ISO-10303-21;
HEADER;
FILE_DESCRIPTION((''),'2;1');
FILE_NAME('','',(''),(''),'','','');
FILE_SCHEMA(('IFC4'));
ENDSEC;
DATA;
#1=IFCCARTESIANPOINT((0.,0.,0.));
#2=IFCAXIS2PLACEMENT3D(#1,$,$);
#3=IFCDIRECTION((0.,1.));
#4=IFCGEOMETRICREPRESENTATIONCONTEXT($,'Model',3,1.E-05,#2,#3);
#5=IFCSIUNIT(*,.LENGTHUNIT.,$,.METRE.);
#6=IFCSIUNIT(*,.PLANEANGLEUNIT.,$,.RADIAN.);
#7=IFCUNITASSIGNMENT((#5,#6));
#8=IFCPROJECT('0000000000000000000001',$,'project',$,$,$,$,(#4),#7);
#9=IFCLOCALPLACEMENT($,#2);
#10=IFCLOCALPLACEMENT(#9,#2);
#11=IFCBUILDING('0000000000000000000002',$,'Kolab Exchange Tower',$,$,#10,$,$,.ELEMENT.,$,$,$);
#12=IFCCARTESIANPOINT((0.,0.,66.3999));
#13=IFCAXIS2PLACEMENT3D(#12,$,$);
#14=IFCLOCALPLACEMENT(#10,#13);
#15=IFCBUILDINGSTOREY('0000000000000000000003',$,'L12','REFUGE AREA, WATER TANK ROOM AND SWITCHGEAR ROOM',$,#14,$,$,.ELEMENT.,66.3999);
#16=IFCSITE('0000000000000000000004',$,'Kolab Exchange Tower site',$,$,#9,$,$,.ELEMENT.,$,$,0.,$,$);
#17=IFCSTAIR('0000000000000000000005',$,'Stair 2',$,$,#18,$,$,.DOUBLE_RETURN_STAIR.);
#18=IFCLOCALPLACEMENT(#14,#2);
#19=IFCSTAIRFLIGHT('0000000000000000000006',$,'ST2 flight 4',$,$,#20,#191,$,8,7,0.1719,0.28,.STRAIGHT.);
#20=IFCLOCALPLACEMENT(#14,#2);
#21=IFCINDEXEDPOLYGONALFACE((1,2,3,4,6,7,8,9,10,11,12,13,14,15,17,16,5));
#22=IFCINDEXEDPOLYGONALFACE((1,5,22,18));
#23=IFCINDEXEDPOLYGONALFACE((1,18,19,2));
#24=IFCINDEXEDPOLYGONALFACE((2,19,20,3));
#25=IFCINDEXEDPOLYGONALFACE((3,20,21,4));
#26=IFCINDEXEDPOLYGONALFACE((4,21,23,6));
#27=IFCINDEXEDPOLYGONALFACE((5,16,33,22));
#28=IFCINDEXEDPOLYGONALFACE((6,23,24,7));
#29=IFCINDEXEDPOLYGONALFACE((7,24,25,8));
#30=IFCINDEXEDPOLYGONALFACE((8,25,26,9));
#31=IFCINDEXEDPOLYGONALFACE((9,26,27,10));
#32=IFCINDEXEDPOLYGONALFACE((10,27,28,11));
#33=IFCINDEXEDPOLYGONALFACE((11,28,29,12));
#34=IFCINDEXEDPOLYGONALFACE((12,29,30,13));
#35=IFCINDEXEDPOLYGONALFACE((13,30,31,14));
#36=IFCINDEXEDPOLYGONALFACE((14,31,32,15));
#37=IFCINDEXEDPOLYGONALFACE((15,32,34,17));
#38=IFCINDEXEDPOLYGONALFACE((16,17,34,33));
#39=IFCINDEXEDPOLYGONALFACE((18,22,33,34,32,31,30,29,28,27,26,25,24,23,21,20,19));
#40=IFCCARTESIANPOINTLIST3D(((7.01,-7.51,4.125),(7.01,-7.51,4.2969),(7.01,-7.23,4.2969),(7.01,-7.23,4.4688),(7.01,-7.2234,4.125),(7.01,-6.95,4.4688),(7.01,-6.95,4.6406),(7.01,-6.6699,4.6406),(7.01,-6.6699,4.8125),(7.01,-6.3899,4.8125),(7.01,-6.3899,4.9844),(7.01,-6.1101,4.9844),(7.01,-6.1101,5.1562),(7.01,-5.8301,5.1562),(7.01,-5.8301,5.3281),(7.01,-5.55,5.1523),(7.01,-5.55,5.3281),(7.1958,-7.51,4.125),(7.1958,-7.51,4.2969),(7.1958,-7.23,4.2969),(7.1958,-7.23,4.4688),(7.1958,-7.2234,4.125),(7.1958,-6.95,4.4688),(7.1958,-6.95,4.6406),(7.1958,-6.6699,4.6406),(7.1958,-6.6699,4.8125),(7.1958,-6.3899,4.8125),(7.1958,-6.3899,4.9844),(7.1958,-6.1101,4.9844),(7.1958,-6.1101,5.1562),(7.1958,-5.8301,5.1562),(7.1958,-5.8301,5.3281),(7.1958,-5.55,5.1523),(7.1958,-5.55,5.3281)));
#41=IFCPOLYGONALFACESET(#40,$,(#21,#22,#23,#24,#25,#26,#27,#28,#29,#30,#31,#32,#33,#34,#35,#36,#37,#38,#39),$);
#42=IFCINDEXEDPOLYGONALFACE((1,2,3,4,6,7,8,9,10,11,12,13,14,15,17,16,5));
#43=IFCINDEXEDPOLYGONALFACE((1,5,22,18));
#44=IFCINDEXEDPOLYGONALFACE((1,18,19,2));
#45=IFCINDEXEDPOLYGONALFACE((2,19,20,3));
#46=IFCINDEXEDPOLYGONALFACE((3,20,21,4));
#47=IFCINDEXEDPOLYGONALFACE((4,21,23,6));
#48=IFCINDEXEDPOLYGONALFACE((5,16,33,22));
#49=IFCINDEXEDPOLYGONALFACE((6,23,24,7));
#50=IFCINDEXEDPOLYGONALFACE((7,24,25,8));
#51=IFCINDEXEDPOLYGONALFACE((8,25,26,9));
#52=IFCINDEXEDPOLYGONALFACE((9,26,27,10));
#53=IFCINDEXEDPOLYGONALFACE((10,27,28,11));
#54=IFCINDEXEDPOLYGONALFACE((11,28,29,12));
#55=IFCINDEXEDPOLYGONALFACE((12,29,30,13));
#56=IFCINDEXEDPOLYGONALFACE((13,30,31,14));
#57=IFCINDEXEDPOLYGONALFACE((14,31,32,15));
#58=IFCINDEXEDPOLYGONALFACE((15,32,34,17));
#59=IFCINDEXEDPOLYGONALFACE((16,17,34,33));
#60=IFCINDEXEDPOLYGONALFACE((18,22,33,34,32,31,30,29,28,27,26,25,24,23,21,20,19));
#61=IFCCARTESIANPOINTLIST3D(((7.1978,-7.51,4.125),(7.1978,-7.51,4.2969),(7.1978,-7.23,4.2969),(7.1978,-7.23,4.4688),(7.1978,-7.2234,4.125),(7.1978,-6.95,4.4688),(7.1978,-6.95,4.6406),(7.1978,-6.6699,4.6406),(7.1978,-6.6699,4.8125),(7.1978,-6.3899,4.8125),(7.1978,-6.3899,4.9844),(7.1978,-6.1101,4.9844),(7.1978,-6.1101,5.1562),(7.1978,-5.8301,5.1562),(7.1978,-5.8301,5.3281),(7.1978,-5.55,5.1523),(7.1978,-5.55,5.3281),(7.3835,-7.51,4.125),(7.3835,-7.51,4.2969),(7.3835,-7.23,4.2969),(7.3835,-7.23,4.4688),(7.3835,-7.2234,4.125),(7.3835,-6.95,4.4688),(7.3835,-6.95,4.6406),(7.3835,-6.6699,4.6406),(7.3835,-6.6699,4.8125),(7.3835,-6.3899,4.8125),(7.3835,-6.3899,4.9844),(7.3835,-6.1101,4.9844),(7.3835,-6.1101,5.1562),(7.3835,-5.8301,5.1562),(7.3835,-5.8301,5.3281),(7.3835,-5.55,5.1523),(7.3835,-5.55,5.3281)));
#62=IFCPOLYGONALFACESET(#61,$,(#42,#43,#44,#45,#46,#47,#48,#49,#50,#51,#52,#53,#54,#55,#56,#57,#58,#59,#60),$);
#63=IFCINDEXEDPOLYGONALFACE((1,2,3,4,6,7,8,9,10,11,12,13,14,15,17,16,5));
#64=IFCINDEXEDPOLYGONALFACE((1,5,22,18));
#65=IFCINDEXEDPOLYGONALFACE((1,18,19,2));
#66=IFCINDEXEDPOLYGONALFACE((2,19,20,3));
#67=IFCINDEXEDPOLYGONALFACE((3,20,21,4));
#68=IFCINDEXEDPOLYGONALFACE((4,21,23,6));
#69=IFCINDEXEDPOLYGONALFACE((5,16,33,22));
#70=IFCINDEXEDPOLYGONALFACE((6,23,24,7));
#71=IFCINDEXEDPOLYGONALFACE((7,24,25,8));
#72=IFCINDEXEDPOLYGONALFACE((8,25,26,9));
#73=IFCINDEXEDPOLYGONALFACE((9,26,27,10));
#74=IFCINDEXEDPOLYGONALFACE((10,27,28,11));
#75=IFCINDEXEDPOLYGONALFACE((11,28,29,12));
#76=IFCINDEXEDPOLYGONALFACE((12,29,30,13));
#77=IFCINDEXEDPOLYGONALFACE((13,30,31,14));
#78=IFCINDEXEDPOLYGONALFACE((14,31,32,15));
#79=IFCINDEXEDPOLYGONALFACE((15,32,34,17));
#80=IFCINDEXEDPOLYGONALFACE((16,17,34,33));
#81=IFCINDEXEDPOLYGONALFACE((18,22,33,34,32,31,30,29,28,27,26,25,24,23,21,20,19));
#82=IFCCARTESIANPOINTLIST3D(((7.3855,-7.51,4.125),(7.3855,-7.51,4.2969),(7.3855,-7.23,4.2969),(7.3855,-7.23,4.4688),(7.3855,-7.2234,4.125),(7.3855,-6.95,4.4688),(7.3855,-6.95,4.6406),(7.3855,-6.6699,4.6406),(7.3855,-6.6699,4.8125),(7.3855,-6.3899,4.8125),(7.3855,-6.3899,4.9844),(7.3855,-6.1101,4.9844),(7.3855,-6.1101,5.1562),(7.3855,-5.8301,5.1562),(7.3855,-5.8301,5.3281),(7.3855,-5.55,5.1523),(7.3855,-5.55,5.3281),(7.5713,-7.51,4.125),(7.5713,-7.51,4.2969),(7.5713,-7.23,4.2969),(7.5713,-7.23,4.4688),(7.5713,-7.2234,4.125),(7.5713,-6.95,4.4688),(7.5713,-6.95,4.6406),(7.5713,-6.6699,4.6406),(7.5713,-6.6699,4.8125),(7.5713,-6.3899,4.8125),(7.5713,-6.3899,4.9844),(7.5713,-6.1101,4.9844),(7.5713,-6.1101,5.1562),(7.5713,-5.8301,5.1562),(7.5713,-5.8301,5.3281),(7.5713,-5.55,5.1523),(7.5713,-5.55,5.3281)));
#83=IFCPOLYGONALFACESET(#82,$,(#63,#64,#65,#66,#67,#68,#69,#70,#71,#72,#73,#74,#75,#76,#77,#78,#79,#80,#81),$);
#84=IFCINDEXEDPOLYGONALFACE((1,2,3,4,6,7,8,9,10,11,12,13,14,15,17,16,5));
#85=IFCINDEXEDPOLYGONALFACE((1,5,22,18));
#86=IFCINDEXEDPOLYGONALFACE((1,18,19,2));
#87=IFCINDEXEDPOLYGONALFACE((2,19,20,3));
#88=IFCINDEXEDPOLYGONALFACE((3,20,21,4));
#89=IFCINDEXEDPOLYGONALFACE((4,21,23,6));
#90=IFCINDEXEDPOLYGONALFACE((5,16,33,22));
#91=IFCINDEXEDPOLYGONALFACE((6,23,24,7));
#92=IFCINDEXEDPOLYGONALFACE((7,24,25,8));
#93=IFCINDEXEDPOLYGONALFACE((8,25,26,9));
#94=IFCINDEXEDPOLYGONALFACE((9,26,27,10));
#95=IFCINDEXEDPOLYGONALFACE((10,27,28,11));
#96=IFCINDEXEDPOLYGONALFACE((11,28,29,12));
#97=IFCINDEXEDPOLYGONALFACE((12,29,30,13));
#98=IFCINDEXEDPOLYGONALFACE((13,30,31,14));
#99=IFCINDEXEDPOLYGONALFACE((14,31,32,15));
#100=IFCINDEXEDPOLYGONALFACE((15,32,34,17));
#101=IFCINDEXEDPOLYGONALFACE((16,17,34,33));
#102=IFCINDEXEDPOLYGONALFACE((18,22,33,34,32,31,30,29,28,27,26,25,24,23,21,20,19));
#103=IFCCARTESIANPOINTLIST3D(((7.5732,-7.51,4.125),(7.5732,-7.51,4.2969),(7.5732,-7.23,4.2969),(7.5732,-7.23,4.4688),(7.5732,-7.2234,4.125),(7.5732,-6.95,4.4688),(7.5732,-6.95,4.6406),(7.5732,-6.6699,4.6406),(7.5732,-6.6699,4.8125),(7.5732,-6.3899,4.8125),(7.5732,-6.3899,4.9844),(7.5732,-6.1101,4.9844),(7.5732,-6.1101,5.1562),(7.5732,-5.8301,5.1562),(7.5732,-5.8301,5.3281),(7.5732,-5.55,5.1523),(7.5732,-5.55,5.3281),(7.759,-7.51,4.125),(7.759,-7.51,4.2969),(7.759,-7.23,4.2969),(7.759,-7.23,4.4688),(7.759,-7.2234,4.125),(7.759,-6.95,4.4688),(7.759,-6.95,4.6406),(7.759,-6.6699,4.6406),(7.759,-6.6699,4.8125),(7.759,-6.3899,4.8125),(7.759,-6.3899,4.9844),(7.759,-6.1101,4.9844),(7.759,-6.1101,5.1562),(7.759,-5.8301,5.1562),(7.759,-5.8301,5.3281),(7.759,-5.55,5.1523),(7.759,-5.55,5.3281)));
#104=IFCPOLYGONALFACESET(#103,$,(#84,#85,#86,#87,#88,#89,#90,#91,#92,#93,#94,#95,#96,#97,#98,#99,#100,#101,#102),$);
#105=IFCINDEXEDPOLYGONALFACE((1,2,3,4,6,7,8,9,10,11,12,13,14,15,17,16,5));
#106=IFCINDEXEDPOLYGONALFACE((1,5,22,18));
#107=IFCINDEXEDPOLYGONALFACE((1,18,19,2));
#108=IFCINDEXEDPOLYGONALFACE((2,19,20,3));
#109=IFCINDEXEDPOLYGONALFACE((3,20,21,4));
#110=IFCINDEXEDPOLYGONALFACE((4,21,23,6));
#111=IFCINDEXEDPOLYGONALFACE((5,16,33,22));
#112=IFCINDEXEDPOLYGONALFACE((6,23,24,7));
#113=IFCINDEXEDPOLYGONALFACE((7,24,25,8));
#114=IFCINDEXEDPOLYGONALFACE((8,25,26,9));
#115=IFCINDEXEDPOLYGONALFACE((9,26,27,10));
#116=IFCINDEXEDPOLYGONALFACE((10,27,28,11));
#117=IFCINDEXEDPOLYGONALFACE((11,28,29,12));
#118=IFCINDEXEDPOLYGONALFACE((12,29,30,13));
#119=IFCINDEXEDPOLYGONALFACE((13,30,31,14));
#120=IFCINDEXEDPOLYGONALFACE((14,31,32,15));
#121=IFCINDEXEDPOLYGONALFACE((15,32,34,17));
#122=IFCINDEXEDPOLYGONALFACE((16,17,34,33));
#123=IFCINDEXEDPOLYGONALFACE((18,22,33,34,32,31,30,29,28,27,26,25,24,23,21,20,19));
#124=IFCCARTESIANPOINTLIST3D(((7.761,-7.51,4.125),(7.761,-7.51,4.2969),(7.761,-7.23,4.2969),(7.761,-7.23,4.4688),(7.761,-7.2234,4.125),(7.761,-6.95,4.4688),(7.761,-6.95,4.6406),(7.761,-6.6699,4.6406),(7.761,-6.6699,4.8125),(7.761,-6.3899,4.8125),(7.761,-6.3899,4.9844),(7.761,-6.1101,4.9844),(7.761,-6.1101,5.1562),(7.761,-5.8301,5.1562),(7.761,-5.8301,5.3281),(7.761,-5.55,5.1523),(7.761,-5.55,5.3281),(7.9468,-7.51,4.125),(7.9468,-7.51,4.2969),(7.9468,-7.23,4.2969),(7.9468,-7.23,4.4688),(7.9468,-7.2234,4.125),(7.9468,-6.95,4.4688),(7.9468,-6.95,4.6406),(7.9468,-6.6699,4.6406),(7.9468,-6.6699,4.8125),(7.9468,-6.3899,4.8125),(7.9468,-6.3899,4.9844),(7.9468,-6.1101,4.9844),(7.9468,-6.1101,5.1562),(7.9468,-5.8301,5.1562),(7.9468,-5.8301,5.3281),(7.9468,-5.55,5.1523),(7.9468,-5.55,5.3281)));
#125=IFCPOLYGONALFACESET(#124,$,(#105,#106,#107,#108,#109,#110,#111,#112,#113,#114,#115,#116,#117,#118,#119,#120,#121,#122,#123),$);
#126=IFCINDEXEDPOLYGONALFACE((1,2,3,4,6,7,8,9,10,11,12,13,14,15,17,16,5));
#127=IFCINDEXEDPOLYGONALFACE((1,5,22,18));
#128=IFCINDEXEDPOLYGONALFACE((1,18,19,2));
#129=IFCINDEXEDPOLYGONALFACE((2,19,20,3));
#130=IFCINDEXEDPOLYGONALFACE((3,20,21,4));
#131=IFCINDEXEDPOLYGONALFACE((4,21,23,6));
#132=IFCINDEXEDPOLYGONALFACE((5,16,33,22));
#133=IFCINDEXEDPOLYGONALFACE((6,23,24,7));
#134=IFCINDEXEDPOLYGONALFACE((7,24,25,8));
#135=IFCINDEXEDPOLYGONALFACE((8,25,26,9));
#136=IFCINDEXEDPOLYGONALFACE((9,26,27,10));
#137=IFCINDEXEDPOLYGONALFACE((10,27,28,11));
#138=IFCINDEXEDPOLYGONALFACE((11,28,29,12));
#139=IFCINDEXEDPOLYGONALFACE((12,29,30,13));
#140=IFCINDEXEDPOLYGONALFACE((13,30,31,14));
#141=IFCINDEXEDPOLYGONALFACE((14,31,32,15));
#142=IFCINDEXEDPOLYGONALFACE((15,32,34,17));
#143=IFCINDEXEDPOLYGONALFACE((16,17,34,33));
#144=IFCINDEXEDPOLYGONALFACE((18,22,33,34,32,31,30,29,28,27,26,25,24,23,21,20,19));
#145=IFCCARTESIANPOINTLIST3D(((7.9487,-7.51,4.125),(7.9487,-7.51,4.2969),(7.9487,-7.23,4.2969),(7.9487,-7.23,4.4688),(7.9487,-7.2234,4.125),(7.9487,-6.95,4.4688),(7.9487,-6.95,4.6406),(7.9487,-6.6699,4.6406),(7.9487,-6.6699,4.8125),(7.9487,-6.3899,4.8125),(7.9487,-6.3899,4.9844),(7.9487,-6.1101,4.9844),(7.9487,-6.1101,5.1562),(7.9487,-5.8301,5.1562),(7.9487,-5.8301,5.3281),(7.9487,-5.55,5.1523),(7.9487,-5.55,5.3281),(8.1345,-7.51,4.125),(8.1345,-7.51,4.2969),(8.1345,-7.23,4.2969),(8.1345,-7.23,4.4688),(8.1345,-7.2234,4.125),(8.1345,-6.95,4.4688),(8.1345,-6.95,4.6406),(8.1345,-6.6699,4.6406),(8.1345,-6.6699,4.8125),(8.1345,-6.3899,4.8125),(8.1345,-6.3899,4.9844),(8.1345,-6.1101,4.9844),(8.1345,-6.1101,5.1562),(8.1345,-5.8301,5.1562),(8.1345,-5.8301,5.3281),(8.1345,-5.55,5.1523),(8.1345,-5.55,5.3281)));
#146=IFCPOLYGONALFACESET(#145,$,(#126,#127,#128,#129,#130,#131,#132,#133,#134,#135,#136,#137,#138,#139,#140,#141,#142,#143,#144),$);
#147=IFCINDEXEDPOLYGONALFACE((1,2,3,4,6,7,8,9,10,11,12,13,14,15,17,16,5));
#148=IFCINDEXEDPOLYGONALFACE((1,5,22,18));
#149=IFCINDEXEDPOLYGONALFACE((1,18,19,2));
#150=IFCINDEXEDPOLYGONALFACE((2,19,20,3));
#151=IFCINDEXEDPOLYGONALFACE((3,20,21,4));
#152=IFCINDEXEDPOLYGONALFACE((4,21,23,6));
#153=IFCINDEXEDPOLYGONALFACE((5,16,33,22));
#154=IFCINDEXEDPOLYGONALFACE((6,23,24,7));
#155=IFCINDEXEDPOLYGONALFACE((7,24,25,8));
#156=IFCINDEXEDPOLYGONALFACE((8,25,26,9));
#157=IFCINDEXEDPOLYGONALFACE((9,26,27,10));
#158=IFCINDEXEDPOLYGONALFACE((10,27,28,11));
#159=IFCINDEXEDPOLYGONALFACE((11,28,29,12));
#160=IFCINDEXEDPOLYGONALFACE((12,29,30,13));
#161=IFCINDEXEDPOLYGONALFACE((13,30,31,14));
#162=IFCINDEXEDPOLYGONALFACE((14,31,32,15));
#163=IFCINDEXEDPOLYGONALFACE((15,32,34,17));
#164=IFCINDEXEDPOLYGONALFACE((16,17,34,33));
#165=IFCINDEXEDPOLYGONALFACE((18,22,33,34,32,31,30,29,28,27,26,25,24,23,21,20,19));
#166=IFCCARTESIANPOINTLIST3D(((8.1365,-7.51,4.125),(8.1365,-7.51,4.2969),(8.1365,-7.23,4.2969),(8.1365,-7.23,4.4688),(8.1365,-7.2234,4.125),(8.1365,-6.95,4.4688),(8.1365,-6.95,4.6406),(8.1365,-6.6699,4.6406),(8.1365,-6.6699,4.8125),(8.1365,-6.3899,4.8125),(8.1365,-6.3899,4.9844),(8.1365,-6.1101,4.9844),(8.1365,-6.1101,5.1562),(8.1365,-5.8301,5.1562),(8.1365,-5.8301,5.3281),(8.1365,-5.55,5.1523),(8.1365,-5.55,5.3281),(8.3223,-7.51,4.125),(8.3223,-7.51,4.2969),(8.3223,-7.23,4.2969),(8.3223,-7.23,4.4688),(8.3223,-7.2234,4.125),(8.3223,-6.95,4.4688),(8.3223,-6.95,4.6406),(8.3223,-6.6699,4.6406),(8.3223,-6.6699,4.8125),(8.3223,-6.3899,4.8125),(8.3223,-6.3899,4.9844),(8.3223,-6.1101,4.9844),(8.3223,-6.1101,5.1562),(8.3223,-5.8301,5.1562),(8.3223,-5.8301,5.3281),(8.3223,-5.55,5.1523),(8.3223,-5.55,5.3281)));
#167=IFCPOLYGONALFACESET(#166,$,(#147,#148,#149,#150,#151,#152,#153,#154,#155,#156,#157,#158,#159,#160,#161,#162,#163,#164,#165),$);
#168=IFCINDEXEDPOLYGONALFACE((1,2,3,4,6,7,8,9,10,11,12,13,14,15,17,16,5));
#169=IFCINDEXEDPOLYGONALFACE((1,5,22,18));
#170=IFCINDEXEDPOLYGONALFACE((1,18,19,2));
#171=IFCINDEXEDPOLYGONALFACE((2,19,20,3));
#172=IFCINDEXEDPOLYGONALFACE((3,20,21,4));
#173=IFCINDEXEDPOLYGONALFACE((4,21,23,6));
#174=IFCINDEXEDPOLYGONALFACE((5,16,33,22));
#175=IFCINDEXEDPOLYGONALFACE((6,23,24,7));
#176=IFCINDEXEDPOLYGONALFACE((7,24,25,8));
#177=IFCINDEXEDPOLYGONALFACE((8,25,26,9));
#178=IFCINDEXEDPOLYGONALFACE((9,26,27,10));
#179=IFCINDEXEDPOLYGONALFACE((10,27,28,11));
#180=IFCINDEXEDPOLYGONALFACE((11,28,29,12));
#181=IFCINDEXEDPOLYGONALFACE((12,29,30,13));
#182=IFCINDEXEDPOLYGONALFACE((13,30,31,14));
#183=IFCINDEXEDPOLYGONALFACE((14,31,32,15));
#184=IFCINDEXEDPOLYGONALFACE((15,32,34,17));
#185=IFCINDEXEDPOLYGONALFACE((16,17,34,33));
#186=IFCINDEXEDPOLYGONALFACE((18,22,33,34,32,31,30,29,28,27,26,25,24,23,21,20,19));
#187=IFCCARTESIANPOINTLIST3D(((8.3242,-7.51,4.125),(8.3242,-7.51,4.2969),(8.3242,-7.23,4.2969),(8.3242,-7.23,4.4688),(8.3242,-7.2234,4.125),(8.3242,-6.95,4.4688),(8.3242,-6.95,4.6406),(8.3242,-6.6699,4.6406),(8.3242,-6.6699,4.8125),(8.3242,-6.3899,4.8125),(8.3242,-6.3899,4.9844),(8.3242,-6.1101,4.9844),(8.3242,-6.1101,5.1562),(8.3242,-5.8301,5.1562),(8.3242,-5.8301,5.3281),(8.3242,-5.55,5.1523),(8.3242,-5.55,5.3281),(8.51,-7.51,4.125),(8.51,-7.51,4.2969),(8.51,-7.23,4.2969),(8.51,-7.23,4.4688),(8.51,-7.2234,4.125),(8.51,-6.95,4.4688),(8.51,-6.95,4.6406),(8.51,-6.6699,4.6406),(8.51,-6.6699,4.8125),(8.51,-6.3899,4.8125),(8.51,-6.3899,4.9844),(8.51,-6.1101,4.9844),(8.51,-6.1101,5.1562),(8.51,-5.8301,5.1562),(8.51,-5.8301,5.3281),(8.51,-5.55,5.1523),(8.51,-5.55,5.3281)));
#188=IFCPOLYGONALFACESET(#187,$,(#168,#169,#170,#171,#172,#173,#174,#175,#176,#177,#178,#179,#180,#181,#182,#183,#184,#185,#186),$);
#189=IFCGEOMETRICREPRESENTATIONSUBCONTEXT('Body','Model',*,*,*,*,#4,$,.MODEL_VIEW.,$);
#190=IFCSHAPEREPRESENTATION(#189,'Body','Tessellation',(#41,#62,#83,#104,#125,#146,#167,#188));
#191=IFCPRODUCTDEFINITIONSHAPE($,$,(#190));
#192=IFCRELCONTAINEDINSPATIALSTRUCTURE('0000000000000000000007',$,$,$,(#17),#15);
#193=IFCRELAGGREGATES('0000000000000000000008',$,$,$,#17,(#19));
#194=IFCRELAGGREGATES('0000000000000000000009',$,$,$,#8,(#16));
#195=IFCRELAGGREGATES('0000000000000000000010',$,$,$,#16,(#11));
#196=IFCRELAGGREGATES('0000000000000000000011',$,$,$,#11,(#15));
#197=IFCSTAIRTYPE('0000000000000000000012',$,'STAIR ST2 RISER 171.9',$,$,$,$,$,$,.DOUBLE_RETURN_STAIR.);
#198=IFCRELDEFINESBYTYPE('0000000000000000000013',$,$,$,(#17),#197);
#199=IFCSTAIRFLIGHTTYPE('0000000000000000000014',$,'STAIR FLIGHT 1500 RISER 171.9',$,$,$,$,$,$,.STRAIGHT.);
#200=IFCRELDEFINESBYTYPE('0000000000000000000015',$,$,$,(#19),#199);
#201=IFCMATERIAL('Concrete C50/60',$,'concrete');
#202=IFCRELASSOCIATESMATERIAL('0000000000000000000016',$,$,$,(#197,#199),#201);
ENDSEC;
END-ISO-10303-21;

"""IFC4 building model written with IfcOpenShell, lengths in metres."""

from ifc_helpers import new_model, si_unit, direction, frame, origin, place, context, subcontext, project, spatial, polyline, outline, extrude, material, type_object, element, aggregate, save


model = new_model("IFC4")

# Units and contexts
model_context = context("Model", 3, precision=1e-05, world=origin(), true_north=direction((0.0, 1.0)))
body_context = subcontext(model_context, "Body", "Model", "MODEL_VIEW")
ifc_project = project(units=[si_unit("LENGTHUNIT", "METRE"), si_unit("PLANEANGLEUNIT", "RADIAN")], contexts=[model_context])

# Site, building, storey
site_placement = place(None, origin())
site = spatial("IfcSite", under=ifc_project, at=site_placement, Name="Kolab Exchange Tower site", CompositionType="ELEMENT", RefElevation=0.0)
building_placement = place(site_placement, origin())
building = spatial("IfcBuilding", under=site, at=building_placement, Name="Kolab Exchange Tower", CompositionType="ELEMENT")
storey_placement = place(building_placement, frame((0.0, 0.0, 66.3999)))
storey = spatial("IfcBuildingStorey", under=building, at=storey_placement, Name="L12", Description="REFUGE AREA, WATER TANK ROOM AND SWITCHGEAR ROOM", CompositionType="ELEMENT", Elevation=66.3999)

# Shared definitions
ifc_material_1 = material(Name="Concrete C50/60", Category="concrete")

# Stair, stair flight
stair_type = type_object("IfcStairType", Name="STAIR ST2 RISER 171.9", PredefinedType="DOUBLE_RETURN_STAIR", material=ifc_material_1)
stair_placement = place(storey_placement, origin())
stair = element("IfcStair", 1, at=stair_placement, inside=storey, type_object=stair_type, Name="Stair 2", PredefinedType="DOUBLE_RETURN_STAIR")
stair_flight_type = type_object("IfcStairFlightType", Name="STAIR FLIGHT 1500 RISER 171.9", PredefinedType="STRAIGHT", material=ifc_material_1)
stair_flight_1_placement = place(storey_placement, frame((7.76, -7.51, 4.125), z_axis=(0.0, 0.0, 1.0), x_axis=(0.0, 1.0, 0.0)))
stair_flight_1 = element("IfcStairFlight", 2, at=stair_flight_1_placement, type_object=stair_flight_type, Name="ST2 flight 4", NumberOfRisers=8, NumberOfTreads=7, PredefinedType="STRAIGHT", RiserHeight=0.1719, TreadLength=0.28, context=body_context, shape_type="SweptSolid", body=[
    extrude(outline(polyline([(0.0, 0.0), (0.0, 0.1719), (0.28, 0.1719), (0.28, 0.3438), (0.5601, 0.3438), (0.5601, 0.5156), (0.8401, 0.5156), (0.8401, 0.6875), (1.1201, 0.6875), (1.1201, 0.8594), (1.3999, 0.8594), (1.3999, 1.0312), (1.6799, 1.0312), (1.6799, 1.2031), (1.96, 1.2031), (1.96, 1.375), (1.96, 1.0273), (0.2866, 0.0), (0.0, 0.0)])), frame((0.0, 0.75, 0.0), z_axis=(0.0, -1.0, 0.0), x_axis=(1.0, 0.0, 0.0)), (0.0, 0.0, 1.0), 0.1858),
    extrude(outline(polyline([(0.0, 0.0), (0.0, 0.1719), (0.28, 0.1719), (0.28, 0.3438), (0.5601, 0.3438), (0.5601, 0.5156), (0.8401, 0.5156), (0.8401, 0.6875), (1.1201, 0.6875), (1.1201, 0.8594), (1.3999, 0.8594), (1.3999, 1.0312), (1.6799, 1.0312), (1.6799, 1.2031), (1.96, 1.2031), (1.96, 1.375), (1.96, 1.0273), (0.2866, 0.0), (0.0, 0.0)])), frame((0.0, 0.5623, 0.0), z_axis=(0.0, -1.0, 0.0), x_axis=(1.0, 0.0, 0.0)), (0.0, 0.0, 1.0), 0.1858),
    extrude(outline(polyline([(0.0, 0.0), (0.0, 0.1719), (0.28, 0.1719), (0.28, 0.3438), (0.5601, 0.3438), (0.5601, 0.5156), (0.8401, 0.5156), (0.8401, 0.6875), (1.1201, 0.6875), (1.1201, 0.8594), (1.3999, 0.8594), (1.3999, 1.0312), (1.6799, 1.0312), (1.6799, 1.2031), (1.96, 1.2031), (1.96, 1.375), (1.96, 1.0273), (0.2866, 0.0), (0.0, 0.0)])), frame((0.0, 0.3745, 0.0), z_axis=(0.0, -1.0, 0.0), x_axis=(1.0, 0.0, 0.0)), (0.0, 0.0, 1.0), 0.1858),
    extrude(outline(polyline([(0.0, 0.0), (0.0, 0.1719), (0.28, 0.1719), (0.28, 0.3438), (0.5601, 0.3438), (0.5601, 0.5156), (0.8401, 0.5156), (0.8401, 0.6875), (1.1201, 0.6875), (1.1201, 0.8594), (1.3999, 0.8594), (1.3999, 1.0312), (1.6799, 1.0312), (1.6799, 1.2031), (1.96, 1.2031), (1.96, 1.375), (1.96, 1.0273), (0.2866, 0.0), (0.0, 0.0)])), frame((0.0, 0.1868, 0.0), z_axis=(0.0, -1.0, 0.0), x_axis=(1.0, 0.0, 0.0)), (0.0, 0.0, 1.0), 0.1858),
    extrude(outline(polyline([(0.0, 0.0), (0.0, 0.1719), (0.28, 0.1719), (0.28, 0.3438), (0.5601, 0.3438), (0.5601, 0.5156), (0.8401, 0.5156), (0.8401, 0.6875), (1.1201, 0.6875), (1.1201, 0.8594), (1.3999, 0.8594), (1.3999, 1.0312), (1.6799, 1.0312), (1.6799, 1.2031), (1.96, 1.2031), (1.96, 1.375), (1.96, 1.0273), (0.2866, 0.0), (0.0, 0.0)])), frame((0.0, -0.001, 0.0), z_axis=(0.0, -1.0, 0.0), x_axis=(1.0, 0.0, 0.0)), (0.0, 0.0, 1.0), 0.1858),
    extrude(outline(polyline([(0.0, 0.0), (0.0, 0.1719), (0.28, 0.1719), (0.28, 0.3438), (0.5601, 0.3438), (0.5601, 0.5156), (0.8401, 0.5156), (0.8401, 0.6875), (1.1201, 0.6875), (1.1201, 0.8594), (1.3999, 0.8594), (1.3999, 1.0312), (1.6799, 1.0312), (1.6799, 1.2031), (1.96, 1.2031), (1.96, 1.375), (1.96, 1.0273), (0.2866, 0.0), (0.0, 0.0)])), frame((0.0, -0.1887, 0.0), z_axis=(0.0, -1.0, 0.0), x_axis=(1.0, 0.0, 0.0)), (0.0, 0.0, 1.0), 0.1858),
    extrude(outline(polyline([(0.0, 0.0), (0.0, 0.1719), (0.28, 0.1719), (0.28, 0.3438), (0.5601, 0.3438), (0.5601, 0.5156), (0.8401, 0.5156), (0.8401, 0.6875), (1.1201, 0.6875), (1.1201, 0.8594), (1.3999, 0.8594), (1.3999, 1.0312), (1.6799, 1.0312), (1.6799, 1.2031), (1.96, 1.2031), (1.96, 1.375), (1.96, 1.0273), (0.2866, 0.0), (0.0, 0.0)])), frame((0.0, -0.3765, 0.0), z_axis=(0.0, -1.0, 0.0), x_axis=(1.0, 0.0, 0.0)), (0.0, 0.0, 1.0), 0.1858),
    extrude(outline(polyline([(0.0, 0.0), (0.0, 0.1719), (0.28, 0.1719), (0.28, 0.3438), (0.5601, 0.3438), (0.5601, 0.5156), (0.8401, 0.5156), (0.8401, 0.6875), (1.1201, 0.6875), (1.1201, 0.8594), (1.3999, 0.8594), (1.3999, 1.0312), (1.6799, 1.0312), (1.6799, 1.2031), (1.96, 1.2031), (1.96, 1.375), (1.96, 1.0273), (0.2866, 0.0), (0.0, 0.0)])), frame((0.0, -0.5642, 0.0), z_axis=(0.0, -1.0, 0.0), x_axis=(1.0, 0.0, 0.0)), (0.0, 0.0, 1.0), 0.1858),
])
aggregate(stair, [stair_flight_1])

save(model, "model.ifc")
